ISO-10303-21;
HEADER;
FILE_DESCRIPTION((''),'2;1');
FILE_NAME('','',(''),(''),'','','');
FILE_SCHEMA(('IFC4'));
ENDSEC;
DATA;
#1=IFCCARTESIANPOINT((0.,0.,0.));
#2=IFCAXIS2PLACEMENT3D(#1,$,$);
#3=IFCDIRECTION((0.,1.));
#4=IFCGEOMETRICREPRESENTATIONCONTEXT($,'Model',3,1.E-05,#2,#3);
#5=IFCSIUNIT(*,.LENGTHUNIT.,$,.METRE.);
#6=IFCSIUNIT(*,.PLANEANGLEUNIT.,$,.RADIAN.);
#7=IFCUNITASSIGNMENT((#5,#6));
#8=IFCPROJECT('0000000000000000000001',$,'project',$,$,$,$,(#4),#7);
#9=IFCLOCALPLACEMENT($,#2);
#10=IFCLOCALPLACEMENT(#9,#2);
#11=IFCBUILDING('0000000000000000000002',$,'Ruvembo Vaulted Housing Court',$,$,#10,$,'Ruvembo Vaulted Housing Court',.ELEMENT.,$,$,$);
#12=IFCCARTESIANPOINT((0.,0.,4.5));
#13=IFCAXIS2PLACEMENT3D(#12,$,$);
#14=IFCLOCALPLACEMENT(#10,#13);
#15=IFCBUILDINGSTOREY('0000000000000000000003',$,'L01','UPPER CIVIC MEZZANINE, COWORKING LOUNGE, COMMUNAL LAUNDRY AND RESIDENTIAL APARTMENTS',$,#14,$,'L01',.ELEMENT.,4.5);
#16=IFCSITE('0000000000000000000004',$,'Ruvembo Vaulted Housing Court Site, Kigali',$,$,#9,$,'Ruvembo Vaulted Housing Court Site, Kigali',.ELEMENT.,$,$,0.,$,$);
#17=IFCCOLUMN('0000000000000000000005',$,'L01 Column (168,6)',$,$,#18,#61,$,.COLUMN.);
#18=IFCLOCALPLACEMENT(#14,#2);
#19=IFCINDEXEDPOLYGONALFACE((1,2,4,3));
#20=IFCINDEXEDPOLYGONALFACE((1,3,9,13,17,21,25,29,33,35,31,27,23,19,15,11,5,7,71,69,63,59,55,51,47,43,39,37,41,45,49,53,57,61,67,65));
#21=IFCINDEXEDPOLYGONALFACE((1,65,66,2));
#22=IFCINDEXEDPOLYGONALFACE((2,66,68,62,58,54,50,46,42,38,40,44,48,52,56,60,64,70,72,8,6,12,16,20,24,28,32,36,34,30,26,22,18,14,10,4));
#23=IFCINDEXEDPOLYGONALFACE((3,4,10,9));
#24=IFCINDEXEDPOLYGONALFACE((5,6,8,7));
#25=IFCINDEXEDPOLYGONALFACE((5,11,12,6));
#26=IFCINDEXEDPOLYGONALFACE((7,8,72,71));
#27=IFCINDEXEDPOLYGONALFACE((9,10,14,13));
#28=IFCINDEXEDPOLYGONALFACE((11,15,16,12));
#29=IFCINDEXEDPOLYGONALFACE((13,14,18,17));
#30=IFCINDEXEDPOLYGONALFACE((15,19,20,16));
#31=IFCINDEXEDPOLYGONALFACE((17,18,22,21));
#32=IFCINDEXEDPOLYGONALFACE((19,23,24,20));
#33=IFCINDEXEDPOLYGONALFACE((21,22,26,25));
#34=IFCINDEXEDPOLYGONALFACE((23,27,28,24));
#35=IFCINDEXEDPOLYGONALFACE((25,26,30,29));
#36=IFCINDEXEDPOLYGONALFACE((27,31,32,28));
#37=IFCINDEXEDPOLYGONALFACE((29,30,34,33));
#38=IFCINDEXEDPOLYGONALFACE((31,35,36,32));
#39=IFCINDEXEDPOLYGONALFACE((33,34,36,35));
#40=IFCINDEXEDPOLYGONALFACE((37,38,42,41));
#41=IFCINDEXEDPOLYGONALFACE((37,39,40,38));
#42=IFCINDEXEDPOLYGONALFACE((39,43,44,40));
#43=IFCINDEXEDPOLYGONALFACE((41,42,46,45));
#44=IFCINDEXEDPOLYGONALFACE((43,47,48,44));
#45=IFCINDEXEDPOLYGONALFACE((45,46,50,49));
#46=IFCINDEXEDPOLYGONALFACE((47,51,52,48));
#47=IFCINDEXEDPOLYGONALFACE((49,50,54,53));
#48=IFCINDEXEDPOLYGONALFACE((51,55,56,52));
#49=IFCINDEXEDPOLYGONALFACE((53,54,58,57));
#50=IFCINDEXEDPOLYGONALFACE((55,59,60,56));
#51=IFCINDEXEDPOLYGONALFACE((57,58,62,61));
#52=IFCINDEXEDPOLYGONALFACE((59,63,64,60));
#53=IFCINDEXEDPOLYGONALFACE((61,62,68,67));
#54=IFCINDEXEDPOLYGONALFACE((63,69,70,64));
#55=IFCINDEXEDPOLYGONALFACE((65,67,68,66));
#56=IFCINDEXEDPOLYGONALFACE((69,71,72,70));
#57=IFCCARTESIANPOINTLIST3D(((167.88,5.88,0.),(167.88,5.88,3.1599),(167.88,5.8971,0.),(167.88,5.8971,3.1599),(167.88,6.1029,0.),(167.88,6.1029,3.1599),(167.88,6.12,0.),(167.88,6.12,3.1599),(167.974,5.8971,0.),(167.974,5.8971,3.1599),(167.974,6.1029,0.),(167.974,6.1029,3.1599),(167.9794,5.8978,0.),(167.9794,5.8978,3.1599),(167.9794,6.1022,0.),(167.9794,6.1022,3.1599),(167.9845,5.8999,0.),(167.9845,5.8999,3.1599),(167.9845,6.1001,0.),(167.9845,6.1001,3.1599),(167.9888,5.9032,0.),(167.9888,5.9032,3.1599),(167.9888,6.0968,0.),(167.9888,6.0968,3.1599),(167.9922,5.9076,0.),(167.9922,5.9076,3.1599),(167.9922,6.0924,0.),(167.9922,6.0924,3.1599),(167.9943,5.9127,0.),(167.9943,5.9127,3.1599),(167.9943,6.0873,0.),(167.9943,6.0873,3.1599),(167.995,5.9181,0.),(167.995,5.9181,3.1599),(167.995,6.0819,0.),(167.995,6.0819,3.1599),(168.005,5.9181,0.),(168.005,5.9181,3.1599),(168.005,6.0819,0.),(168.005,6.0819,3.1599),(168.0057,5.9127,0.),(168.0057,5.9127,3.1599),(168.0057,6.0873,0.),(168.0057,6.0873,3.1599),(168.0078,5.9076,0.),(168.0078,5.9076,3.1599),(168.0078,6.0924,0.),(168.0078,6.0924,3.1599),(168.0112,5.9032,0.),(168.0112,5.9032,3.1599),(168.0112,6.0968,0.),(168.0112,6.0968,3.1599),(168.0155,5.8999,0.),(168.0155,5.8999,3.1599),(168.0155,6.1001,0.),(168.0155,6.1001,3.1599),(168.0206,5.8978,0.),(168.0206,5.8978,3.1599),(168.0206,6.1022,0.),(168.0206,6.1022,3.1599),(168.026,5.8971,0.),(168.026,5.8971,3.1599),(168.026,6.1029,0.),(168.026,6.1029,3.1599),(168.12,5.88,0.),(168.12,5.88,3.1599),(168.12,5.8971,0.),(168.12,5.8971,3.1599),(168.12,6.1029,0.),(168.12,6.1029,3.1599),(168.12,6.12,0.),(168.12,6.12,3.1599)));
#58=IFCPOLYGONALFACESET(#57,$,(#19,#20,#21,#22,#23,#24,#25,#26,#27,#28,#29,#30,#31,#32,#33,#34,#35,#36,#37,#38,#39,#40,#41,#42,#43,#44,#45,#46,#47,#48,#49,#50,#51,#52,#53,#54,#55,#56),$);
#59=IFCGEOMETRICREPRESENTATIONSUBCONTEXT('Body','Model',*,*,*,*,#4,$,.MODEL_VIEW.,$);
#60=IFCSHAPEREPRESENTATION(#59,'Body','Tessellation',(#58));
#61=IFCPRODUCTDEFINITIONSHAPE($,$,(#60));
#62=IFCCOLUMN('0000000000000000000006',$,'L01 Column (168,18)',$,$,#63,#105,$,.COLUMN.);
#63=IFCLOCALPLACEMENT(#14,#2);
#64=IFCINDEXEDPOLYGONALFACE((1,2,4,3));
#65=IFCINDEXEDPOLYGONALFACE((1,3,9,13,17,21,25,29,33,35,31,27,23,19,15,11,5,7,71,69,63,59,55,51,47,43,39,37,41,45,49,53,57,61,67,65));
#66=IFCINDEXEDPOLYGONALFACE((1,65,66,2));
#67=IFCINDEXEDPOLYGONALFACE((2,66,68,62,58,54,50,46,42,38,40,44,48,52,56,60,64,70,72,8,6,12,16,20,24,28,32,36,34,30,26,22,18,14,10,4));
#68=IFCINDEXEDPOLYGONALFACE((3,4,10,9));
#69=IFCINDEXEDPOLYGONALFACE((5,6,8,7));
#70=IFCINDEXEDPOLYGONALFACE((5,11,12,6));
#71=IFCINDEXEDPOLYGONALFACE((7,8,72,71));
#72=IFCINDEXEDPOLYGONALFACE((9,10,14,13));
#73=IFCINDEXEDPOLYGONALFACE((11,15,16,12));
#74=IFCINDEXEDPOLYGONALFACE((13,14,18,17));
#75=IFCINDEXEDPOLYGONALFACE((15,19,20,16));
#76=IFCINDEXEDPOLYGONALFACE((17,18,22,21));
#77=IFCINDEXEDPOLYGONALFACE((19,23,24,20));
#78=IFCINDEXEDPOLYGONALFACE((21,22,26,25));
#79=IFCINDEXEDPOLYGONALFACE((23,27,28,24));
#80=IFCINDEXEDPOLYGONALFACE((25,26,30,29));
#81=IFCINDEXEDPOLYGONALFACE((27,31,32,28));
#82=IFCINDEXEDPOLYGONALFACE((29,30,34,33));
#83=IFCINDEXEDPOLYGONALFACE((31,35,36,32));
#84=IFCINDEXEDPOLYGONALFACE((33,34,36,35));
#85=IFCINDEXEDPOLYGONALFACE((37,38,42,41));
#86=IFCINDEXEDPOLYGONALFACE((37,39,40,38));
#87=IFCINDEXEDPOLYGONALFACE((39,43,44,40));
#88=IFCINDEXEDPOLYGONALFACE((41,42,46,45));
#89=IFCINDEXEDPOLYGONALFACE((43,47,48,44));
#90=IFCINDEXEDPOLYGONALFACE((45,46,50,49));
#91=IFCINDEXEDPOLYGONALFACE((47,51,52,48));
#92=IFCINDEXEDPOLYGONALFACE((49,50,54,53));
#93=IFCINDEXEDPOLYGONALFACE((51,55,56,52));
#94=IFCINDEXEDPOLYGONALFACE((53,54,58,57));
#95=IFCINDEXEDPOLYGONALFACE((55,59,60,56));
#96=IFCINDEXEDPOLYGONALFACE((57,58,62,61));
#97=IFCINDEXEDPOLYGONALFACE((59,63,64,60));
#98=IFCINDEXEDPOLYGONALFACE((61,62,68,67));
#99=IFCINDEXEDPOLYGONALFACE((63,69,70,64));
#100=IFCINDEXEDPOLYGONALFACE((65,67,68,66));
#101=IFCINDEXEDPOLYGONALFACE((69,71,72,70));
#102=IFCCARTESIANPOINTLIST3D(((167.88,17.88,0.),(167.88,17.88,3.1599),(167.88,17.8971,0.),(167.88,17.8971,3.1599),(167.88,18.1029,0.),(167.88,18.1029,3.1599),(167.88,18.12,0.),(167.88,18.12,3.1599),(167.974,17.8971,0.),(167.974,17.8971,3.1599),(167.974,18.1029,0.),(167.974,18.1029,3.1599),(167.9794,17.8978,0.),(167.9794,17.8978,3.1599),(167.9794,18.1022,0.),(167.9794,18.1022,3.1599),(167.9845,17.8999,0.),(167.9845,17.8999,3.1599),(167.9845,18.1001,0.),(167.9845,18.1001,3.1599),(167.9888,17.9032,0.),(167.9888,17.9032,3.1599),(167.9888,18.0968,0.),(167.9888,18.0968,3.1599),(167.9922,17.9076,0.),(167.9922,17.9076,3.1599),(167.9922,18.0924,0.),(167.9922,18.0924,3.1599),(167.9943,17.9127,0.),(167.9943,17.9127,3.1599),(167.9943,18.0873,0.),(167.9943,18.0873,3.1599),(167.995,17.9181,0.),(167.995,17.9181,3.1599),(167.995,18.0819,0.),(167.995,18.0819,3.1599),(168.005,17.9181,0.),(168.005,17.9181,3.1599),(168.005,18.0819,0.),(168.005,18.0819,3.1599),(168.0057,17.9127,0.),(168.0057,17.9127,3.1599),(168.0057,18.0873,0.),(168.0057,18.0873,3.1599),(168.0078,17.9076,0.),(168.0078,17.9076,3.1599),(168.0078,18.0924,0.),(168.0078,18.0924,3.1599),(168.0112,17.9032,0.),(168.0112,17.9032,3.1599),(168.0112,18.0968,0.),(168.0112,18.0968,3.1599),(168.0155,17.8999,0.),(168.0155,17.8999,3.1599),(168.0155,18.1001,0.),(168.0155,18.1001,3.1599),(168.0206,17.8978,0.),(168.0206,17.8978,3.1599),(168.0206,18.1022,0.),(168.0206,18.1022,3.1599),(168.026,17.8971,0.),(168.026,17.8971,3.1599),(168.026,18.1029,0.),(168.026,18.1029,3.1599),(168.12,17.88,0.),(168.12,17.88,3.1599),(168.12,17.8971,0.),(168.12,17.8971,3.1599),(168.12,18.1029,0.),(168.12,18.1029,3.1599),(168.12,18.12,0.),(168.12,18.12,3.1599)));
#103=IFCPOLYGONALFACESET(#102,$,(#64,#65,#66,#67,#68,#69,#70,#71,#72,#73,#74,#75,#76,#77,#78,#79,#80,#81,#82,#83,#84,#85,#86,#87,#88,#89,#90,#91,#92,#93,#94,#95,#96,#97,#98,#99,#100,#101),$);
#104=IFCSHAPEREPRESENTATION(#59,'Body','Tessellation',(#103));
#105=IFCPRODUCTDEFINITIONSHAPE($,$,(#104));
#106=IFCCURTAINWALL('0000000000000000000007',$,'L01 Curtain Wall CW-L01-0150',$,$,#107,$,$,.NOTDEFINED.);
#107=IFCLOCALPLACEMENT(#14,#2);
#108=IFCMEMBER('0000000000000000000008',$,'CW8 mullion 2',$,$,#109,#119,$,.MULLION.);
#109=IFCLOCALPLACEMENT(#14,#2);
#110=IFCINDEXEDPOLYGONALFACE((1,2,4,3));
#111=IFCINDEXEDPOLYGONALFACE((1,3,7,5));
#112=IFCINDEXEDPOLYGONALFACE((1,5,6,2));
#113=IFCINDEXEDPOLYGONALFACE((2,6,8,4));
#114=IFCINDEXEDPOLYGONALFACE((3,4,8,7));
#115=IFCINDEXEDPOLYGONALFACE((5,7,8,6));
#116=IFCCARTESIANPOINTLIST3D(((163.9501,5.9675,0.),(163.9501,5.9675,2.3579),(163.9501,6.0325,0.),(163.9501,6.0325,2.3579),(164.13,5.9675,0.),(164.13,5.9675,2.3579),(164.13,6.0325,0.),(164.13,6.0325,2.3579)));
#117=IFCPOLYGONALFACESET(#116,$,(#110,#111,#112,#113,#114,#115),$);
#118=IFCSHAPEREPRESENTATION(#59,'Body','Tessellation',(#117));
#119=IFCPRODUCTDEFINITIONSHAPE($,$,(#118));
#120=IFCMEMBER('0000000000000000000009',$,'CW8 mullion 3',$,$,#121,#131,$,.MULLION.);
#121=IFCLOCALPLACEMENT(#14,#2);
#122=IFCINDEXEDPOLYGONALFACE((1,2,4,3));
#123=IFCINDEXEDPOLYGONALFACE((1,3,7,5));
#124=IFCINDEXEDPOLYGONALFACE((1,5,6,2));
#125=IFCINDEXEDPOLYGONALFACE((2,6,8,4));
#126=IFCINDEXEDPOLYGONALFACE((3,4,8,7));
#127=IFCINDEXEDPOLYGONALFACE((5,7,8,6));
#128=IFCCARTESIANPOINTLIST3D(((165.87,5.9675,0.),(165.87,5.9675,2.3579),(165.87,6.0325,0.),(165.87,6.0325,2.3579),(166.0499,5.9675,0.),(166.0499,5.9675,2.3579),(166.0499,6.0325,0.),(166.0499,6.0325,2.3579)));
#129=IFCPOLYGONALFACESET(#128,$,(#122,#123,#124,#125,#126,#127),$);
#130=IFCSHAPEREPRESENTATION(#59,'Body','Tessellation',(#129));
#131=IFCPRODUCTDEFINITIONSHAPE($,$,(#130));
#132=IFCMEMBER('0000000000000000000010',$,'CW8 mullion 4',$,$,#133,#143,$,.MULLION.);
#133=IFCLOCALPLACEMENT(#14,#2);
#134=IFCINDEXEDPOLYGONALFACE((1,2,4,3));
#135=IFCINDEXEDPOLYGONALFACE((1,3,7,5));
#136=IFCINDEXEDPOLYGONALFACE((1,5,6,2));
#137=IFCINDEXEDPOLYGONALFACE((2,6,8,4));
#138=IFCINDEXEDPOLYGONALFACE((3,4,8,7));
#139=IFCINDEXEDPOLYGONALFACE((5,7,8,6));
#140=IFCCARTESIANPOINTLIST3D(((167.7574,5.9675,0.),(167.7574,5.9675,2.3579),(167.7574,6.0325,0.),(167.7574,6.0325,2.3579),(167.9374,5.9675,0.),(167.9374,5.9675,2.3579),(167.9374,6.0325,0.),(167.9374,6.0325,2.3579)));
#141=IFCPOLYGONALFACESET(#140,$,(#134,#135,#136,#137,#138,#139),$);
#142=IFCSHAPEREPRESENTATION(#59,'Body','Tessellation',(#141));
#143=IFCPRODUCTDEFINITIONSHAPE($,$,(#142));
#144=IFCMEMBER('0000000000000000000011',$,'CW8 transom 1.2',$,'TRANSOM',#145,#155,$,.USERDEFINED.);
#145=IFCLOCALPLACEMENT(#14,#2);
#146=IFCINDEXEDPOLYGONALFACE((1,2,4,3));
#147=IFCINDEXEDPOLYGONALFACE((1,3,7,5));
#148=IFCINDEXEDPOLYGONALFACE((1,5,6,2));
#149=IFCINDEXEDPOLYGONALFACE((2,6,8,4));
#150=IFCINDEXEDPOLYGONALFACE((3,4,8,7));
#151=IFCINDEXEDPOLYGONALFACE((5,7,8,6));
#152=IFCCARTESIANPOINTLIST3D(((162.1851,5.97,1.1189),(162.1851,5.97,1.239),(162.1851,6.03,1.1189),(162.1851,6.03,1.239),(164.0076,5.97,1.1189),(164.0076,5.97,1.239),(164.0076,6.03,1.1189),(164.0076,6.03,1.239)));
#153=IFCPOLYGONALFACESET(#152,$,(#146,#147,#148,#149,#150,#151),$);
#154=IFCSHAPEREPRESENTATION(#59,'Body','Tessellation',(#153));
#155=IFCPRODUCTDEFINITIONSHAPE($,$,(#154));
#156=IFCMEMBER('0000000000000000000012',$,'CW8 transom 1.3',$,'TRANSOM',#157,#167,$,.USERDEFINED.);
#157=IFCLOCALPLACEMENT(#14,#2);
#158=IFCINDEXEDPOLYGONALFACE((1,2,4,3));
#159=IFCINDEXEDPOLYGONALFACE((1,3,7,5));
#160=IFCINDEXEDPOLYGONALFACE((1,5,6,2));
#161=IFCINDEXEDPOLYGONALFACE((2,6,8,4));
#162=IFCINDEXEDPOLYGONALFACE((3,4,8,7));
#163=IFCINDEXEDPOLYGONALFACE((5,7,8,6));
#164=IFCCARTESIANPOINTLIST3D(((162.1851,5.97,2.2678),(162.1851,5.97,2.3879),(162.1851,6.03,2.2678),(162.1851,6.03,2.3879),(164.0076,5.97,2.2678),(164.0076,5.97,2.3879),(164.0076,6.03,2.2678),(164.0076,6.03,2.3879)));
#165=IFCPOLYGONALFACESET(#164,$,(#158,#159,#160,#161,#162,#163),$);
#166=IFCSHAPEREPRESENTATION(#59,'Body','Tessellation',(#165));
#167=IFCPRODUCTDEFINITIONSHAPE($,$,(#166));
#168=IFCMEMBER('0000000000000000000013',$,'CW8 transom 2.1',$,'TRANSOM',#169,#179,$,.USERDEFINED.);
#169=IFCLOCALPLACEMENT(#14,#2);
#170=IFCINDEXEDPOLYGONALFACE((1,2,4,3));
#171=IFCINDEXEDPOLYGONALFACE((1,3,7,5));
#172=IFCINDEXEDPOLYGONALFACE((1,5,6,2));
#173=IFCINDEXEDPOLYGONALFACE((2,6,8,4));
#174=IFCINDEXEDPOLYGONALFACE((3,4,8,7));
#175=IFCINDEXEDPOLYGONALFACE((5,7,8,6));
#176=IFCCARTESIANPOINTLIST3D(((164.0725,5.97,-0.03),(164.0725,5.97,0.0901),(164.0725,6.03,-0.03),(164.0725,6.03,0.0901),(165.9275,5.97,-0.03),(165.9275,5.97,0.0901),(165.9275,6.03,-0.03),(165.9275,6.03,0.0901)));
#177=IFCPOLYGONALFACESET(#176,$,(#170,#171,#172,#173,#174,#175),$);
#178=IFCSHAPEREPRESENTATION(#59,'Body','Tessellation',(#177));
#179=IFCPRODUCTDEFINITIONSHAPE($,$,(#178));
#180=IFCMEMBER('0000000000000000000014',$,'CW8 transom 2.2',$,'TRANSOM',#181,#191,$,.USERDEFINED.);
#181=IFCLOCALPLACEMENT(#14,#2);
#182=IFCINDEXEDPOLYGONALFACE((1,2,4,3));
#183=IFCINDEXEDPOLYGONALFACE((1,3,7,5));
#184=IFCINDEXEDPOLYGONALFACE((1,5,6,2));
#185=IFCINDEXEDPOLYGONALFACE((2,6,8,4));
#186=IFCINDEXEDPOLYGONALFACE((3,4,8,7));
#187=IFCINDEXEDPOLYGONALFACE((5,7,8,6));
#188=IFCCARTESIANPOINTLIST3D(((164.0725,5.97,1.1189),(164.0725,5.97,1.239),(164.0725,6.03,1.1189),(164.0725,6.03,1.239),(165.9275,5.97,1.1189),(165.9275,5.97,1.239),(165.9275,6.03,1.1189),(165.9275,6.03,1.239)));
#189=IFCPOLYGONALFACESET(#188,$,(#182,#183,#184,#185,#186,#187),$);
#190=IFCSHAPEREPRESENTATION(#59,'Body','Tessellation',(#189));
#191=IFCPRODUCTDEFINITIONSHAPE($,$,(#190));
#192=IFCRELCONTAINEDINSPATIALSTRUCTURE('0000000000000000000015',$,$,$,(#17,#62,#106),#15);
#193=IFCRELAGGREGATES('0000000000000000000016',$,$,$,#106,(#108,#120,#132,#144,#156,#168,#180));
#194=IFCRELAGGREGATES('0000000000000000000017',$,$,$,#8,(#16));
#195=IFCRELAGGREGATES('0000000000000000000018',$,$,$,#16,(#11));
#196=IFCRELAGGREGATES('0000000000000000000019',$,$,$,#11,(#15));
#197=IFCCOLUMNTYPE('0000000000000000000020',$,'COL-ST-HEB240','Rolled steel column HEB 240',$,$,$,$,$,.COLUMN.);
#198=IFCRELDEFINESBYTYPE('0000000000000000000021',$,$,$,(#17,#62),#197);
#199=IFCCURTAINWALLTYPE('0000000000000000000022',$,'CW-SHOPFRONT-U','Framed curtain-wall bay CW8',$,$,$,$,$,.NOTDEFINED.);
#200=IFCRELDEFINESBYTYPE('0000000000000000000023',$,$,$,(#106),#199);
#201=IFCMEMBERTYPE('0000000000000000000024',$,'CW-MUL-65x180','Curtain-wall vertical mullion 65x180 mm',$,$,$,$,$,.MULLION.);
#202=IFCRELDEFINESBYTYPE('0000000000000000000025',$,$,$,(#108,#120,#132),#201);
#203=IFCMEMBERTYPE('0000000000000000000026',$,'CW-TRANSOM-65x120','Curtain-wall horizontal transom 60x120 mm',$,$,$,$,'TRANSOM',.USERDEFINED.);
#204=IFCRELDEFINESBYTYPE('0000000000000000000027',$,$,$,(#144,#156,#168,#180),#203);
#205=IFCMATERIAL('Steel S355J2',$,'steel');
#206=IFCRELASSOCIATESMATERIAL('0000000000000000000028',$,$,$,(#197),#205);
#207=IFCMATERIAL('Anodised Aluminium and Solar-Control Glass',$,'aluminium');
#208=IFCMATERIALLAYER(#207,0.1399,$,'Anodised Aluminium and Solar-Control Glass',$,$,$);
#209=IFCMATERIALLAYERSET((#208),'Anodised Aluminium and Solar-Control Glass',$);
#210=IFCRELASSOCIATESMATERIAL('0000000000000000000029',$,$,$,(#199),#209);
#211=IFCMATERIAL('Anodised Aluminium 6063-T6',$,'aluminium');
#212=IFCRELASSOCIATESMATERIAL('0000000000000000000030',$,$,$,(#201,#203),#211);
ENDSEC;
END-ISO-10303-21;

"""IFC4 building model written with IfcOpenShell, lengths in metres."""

from ifc_helpers import new_model, si_unit, direction, frame, origin, origin_2d, place, context, subcontext, project, spatial, rectangle, i_section, extrude, material, layer, layer_set, material_profile, profile_set, type_object, element, aggregate, save


model = new_model("IFC4")

# Units and contexts
model_context = context("Model", 3, precision=1e-05, world=origin(), true_north=direction((0.0, 1.0)))
body_context = subcontext(model_context, "Body", "Model", "MODEL_VIEW")
ifc_project = project(units=[si_unit("LENGTHUNIT", "METRE"), si_unit("PLANEANGLEUNIT", "RADIAN")], contexts=[model_context])

# Site, building, storey
site_placement = place(None, origin())
site = spatial("IfcSite", under=ifc_project, at=site_placement, Name="Ruvembo Vaulted Housing Court Site, Kigali", LongName="Ruvembo Vaulted Housing Court Site, Kigali", CompositionType="ELEMENT", RefElevation=0.0)
building_placement = place(site_placement, origin())
building = spatial("IfcBuilding", under=site, at=building_placement, Name="Ruvembo Vaulted Housing Court", LongName="Ruvembo Vaulted Housing Court", CompositionType="ELEMENT")
storey_placement = place(building_placement, frame((0.0, 0.0, 4.5)))
storey = spatial("IfcBuildingStorey", under=building, at=storey_placement, Name="L01", Description="UPPER CIVIC MEZZANINE, COWORKING LOUNGE, COMMUNAL LAUNDRY AND RESIDENTIAL APARTMENTS", LongName="L01", CompositionType="ELEMENT", Elevation=4.5)

# Columns
ifc_material_1 = material(Name="Steel S355J2", Category="steel")
ifc_material_profile_1 = material_profile(ifc_material_1, i_section(OverallWidth=0.24, OverallDepth=0.24, WebThickness=0.01, FlangeThickness=0.0171, FilletRadius=0.021, at=origin_2d()), Name="HEB 240")
ifc_profile_set_1 = profile_set([ifc_material_profile_1], Name="Steel S355J2")
column_type = type_object("IfcColumnType", Name="COL-ST-HEB240", Description="Rolled steel column HEB 240", PredefinedType="COLUMN", material=ifc_profile_set_1)
for number, where, z_axis, x_axis, name in (
    (1, (168.0, 6.0, 0.0), (0.0, 0.0, 1.0), (1.0, 0.0, 0.0), "L01 Column (168,6)"),
    (2, (168.0, 18.0, 0.0), (0.0, 0.0, 1.0), (1.0, 0.0, 0.0), "L01 Column (168,18)"),
):
    element("IfcColumn", number, at=place(storey_placement, frame(where, z_axis=z_axis, x_axis=x_axis)), inside=storey, type_object=column_type, Name=name, PredefinedType="COLUMN", context=body_context, shape_type="SweptSolid", body=[
        extrude(i_section(OverallWidth=0.24, OverallDepth=0.24, WebThickness=0.01, FlangeThickness=0.0171, FilletRadius=0.021, at=origin_2d()), origin(), (0.0, 0.0, 1.0), 3.1599),
    ])

# Curtain wall, members
ifc_material_2 = material(Name="Anodised Aluminium and Solar-Control Glass", Category="aluminium")
ifc_layer_1 = layer(ifc_material_2, 0.1399, Name="Anodised Aluminium and Solar-Control Glass")
ifc_layer_set_1 = layer_set([ifc_layer_1], Name="Anodised Aluminium and Solar-Control Glass")
curtain_wall_type = type_object("IfcCurtainWallType", Name="CW-SHOPFRONT-U", Description="Framed curtain-wall bay CW8", PredefinedType="NOTDEFINED", material=ifc_layer_set_1)
curtain_wall_placement = place(storey_placement, origin())
curtain_wall = element("IfcCurtainWall", 3, at=curtain_wall_placement, inside=storey, type_object=curtain_wall_type, Name="L01 Curtain Wall CW-L01-0150", PredefinedType="NOTDEFINED")
ifc_material_3 = material(Name="Anodised Aluminium 6063-T6", Category="aluminium")
ifc_material_profile_2 = material_profile(ifc_material_3, rectangle(XDim=0.0649, YDim=0.1799, at=origin_2d()), Name="ALU 65x180")
ifc_profile_set_2 = profile_set([ifc_material_profile_2], Name="Anodised Aluminium 6063-T6")
member_type_1 = type_object("IfcMemberType", Name="CW-MUL-65x180", Description="Curtain-wall vertical mullion 65x180 mm", PredefinedType="MULLION", material=ifc_profile_set_2)
member_1_placement = place(storey_placement, frame((164.04, 6.0, 0.0), z_axis=(0.0, 0.0, 1.0), x_axis=(0.0, 1.0, 0.0)))
member_1 = element("IfcMember", 4, at=member_1_placement, type_object=member_type_1, Name="CW8 mullion 2", PredefinedType="MULLION", context=body_context, shape_type="SweptSolid", body=[
    extrude(rectangle(XDim=0.0649, YDim=0.1799, at=origin_2d()), origin(), (0.0, 0.0, 1.0), 2.3579),
])
member_2_placement = place(storey_placement, frame((165.96, 6.0, 0.0), z_axis=(0.0, 0.0, 1.0), x_axis=(0.0, 1.0, 0.0)))
member_2 = element("IfcMember", 5, at=member_2_placement, type_object=member_type_1, Name="CW8 mullion 3", PredefinedType="MULLION", context=body_context, shape_type="SweptSolid", body=[
    extrude(rectangle(XDim=0.0649, YDim=0.1799, at=origin_2d()), origin(), (0.0, 0.0, 1.0), 2.3579),
])
member_3_placement = place(storey_placement, frame((167.8474, 6.0, 0.0), z_axis=(0.0, 0.0, 1.0), x_axis=(0.0, 1.0, 0.0)))
member_3 = element("IfcMember", 6, at=member_3_placement, type_object=member_type_1, Name="CW8 mullion 4", PredefinedType="MULLION", context=body_context, shape_type="SweptSolid", body=[
    extrude(rectangle(XDim=0.0649, YDim=0.1799, at=origin_2d()), origin(), (0.0, 0.0, 1.0), 2.3579),
])
ifc_material_profile_3 = material_profile(ifc_material_3, rectangle(XDim=0.0601, YDim=0.1201, at=origin_2d()), Name="ALU 60x120")
ifc_profile_set_3 = profile_set([ifc_material_profile_3], Name="Anodised Aluminium 6063-T6")
member_type_2 = type_object("IfcMemberType", Name="CW-TRANSOM-65x120", Description="Curtain-wall horizontal transom 60x120 mm", ElementType="TRANSOM", PredefinedType="USERDEFINED", material=ifc_profile_set_3)
member_4_placement = place(storey_placement, frame((162.1851, 6.0, 1.179), z_axis=(1.0, 0.0, 0.0), x_axis=(0.0, 1.0, 0.0)))
member_4 = element("IfcMember", 7, at=member_4_placement, type_object=member_type_2, Name="CW8 transom 1.2", ObjectType="TRANSOM", PredefinedType="USERDEFINED", context=body_context, shape_type="SweptSolid", body=[
    extrude(rectangle(XDim=0.0601, YDim=0.1201, at=origin_2d()), origin(), (0.0, 0.0, 1.0), 1.8225),
])
member_5_placement = place(storey_placement, frame((162.1851, 6.0, 2.3279), z_axis=(1.0, 0.0, 0.0), x_axis=(0.0, 1.0, 0.0)))
member_5 = element("IfcMember", 8, at=member_5_placement, type_object=member_type_2, Name="CW8 transom 1.3", ObjectType="TRANSOM", PredefinedType="USERDEFINED", context=body_context, shape_type="SweptSolid", body=[
    extrude(rectangle(XDim=0.0601, YDim=0.1201, at=origin_2d()), origin(), (0.0, 0.0, 1.0), 1.8225),
])
member_6_placement = place(storey_placement, frame((164.0725, 6.0, 0.03), z_axis=(1.0, 0.0, 0.0), x_axis=(0.0, 1.0, 0.0)))
member_6 = element("IfcMember", 9, at=member_6_placement, type_object=member_type_2, Name="CW8 transom 2.1", ObjectType="TRANSOM", PredefinedType="USERDEFINED", context=body_context, shape_type="SweptSolid", body=[
    extrude(rectangle(XDim=0.0601, YDim=0.1201, at=origin_2d()), origin(), (0.0, 0.0, 1.0), 1.855),
])
member_7_placement = place(storey_placement, frame((164.0725, 6.0, 1.179), z_axis=(1.0, 0.0, 0.0), x_axis=(0.0, 1.0, 0.0)))
member_7 = element("IfcMember", 10, at=member_7_placement, type_object=member_type_2, Name="CW8 transom 2.2", ObjectType="TRANSOM", PredefinedType="USERDEFINED", context=body_context, shape_type="SweptSolid", body=[
    extrude(rectangle(XDim=0.0601, YDim=0.1201, at=origin_2d()), origin(), (0.0, 0.0, 1.0), 1.855),
])
aggregate(curtain_wall, [member_1, member_2, member_3, member_4, member_5, member_6, member_7])

save(model, "model.ifc")
